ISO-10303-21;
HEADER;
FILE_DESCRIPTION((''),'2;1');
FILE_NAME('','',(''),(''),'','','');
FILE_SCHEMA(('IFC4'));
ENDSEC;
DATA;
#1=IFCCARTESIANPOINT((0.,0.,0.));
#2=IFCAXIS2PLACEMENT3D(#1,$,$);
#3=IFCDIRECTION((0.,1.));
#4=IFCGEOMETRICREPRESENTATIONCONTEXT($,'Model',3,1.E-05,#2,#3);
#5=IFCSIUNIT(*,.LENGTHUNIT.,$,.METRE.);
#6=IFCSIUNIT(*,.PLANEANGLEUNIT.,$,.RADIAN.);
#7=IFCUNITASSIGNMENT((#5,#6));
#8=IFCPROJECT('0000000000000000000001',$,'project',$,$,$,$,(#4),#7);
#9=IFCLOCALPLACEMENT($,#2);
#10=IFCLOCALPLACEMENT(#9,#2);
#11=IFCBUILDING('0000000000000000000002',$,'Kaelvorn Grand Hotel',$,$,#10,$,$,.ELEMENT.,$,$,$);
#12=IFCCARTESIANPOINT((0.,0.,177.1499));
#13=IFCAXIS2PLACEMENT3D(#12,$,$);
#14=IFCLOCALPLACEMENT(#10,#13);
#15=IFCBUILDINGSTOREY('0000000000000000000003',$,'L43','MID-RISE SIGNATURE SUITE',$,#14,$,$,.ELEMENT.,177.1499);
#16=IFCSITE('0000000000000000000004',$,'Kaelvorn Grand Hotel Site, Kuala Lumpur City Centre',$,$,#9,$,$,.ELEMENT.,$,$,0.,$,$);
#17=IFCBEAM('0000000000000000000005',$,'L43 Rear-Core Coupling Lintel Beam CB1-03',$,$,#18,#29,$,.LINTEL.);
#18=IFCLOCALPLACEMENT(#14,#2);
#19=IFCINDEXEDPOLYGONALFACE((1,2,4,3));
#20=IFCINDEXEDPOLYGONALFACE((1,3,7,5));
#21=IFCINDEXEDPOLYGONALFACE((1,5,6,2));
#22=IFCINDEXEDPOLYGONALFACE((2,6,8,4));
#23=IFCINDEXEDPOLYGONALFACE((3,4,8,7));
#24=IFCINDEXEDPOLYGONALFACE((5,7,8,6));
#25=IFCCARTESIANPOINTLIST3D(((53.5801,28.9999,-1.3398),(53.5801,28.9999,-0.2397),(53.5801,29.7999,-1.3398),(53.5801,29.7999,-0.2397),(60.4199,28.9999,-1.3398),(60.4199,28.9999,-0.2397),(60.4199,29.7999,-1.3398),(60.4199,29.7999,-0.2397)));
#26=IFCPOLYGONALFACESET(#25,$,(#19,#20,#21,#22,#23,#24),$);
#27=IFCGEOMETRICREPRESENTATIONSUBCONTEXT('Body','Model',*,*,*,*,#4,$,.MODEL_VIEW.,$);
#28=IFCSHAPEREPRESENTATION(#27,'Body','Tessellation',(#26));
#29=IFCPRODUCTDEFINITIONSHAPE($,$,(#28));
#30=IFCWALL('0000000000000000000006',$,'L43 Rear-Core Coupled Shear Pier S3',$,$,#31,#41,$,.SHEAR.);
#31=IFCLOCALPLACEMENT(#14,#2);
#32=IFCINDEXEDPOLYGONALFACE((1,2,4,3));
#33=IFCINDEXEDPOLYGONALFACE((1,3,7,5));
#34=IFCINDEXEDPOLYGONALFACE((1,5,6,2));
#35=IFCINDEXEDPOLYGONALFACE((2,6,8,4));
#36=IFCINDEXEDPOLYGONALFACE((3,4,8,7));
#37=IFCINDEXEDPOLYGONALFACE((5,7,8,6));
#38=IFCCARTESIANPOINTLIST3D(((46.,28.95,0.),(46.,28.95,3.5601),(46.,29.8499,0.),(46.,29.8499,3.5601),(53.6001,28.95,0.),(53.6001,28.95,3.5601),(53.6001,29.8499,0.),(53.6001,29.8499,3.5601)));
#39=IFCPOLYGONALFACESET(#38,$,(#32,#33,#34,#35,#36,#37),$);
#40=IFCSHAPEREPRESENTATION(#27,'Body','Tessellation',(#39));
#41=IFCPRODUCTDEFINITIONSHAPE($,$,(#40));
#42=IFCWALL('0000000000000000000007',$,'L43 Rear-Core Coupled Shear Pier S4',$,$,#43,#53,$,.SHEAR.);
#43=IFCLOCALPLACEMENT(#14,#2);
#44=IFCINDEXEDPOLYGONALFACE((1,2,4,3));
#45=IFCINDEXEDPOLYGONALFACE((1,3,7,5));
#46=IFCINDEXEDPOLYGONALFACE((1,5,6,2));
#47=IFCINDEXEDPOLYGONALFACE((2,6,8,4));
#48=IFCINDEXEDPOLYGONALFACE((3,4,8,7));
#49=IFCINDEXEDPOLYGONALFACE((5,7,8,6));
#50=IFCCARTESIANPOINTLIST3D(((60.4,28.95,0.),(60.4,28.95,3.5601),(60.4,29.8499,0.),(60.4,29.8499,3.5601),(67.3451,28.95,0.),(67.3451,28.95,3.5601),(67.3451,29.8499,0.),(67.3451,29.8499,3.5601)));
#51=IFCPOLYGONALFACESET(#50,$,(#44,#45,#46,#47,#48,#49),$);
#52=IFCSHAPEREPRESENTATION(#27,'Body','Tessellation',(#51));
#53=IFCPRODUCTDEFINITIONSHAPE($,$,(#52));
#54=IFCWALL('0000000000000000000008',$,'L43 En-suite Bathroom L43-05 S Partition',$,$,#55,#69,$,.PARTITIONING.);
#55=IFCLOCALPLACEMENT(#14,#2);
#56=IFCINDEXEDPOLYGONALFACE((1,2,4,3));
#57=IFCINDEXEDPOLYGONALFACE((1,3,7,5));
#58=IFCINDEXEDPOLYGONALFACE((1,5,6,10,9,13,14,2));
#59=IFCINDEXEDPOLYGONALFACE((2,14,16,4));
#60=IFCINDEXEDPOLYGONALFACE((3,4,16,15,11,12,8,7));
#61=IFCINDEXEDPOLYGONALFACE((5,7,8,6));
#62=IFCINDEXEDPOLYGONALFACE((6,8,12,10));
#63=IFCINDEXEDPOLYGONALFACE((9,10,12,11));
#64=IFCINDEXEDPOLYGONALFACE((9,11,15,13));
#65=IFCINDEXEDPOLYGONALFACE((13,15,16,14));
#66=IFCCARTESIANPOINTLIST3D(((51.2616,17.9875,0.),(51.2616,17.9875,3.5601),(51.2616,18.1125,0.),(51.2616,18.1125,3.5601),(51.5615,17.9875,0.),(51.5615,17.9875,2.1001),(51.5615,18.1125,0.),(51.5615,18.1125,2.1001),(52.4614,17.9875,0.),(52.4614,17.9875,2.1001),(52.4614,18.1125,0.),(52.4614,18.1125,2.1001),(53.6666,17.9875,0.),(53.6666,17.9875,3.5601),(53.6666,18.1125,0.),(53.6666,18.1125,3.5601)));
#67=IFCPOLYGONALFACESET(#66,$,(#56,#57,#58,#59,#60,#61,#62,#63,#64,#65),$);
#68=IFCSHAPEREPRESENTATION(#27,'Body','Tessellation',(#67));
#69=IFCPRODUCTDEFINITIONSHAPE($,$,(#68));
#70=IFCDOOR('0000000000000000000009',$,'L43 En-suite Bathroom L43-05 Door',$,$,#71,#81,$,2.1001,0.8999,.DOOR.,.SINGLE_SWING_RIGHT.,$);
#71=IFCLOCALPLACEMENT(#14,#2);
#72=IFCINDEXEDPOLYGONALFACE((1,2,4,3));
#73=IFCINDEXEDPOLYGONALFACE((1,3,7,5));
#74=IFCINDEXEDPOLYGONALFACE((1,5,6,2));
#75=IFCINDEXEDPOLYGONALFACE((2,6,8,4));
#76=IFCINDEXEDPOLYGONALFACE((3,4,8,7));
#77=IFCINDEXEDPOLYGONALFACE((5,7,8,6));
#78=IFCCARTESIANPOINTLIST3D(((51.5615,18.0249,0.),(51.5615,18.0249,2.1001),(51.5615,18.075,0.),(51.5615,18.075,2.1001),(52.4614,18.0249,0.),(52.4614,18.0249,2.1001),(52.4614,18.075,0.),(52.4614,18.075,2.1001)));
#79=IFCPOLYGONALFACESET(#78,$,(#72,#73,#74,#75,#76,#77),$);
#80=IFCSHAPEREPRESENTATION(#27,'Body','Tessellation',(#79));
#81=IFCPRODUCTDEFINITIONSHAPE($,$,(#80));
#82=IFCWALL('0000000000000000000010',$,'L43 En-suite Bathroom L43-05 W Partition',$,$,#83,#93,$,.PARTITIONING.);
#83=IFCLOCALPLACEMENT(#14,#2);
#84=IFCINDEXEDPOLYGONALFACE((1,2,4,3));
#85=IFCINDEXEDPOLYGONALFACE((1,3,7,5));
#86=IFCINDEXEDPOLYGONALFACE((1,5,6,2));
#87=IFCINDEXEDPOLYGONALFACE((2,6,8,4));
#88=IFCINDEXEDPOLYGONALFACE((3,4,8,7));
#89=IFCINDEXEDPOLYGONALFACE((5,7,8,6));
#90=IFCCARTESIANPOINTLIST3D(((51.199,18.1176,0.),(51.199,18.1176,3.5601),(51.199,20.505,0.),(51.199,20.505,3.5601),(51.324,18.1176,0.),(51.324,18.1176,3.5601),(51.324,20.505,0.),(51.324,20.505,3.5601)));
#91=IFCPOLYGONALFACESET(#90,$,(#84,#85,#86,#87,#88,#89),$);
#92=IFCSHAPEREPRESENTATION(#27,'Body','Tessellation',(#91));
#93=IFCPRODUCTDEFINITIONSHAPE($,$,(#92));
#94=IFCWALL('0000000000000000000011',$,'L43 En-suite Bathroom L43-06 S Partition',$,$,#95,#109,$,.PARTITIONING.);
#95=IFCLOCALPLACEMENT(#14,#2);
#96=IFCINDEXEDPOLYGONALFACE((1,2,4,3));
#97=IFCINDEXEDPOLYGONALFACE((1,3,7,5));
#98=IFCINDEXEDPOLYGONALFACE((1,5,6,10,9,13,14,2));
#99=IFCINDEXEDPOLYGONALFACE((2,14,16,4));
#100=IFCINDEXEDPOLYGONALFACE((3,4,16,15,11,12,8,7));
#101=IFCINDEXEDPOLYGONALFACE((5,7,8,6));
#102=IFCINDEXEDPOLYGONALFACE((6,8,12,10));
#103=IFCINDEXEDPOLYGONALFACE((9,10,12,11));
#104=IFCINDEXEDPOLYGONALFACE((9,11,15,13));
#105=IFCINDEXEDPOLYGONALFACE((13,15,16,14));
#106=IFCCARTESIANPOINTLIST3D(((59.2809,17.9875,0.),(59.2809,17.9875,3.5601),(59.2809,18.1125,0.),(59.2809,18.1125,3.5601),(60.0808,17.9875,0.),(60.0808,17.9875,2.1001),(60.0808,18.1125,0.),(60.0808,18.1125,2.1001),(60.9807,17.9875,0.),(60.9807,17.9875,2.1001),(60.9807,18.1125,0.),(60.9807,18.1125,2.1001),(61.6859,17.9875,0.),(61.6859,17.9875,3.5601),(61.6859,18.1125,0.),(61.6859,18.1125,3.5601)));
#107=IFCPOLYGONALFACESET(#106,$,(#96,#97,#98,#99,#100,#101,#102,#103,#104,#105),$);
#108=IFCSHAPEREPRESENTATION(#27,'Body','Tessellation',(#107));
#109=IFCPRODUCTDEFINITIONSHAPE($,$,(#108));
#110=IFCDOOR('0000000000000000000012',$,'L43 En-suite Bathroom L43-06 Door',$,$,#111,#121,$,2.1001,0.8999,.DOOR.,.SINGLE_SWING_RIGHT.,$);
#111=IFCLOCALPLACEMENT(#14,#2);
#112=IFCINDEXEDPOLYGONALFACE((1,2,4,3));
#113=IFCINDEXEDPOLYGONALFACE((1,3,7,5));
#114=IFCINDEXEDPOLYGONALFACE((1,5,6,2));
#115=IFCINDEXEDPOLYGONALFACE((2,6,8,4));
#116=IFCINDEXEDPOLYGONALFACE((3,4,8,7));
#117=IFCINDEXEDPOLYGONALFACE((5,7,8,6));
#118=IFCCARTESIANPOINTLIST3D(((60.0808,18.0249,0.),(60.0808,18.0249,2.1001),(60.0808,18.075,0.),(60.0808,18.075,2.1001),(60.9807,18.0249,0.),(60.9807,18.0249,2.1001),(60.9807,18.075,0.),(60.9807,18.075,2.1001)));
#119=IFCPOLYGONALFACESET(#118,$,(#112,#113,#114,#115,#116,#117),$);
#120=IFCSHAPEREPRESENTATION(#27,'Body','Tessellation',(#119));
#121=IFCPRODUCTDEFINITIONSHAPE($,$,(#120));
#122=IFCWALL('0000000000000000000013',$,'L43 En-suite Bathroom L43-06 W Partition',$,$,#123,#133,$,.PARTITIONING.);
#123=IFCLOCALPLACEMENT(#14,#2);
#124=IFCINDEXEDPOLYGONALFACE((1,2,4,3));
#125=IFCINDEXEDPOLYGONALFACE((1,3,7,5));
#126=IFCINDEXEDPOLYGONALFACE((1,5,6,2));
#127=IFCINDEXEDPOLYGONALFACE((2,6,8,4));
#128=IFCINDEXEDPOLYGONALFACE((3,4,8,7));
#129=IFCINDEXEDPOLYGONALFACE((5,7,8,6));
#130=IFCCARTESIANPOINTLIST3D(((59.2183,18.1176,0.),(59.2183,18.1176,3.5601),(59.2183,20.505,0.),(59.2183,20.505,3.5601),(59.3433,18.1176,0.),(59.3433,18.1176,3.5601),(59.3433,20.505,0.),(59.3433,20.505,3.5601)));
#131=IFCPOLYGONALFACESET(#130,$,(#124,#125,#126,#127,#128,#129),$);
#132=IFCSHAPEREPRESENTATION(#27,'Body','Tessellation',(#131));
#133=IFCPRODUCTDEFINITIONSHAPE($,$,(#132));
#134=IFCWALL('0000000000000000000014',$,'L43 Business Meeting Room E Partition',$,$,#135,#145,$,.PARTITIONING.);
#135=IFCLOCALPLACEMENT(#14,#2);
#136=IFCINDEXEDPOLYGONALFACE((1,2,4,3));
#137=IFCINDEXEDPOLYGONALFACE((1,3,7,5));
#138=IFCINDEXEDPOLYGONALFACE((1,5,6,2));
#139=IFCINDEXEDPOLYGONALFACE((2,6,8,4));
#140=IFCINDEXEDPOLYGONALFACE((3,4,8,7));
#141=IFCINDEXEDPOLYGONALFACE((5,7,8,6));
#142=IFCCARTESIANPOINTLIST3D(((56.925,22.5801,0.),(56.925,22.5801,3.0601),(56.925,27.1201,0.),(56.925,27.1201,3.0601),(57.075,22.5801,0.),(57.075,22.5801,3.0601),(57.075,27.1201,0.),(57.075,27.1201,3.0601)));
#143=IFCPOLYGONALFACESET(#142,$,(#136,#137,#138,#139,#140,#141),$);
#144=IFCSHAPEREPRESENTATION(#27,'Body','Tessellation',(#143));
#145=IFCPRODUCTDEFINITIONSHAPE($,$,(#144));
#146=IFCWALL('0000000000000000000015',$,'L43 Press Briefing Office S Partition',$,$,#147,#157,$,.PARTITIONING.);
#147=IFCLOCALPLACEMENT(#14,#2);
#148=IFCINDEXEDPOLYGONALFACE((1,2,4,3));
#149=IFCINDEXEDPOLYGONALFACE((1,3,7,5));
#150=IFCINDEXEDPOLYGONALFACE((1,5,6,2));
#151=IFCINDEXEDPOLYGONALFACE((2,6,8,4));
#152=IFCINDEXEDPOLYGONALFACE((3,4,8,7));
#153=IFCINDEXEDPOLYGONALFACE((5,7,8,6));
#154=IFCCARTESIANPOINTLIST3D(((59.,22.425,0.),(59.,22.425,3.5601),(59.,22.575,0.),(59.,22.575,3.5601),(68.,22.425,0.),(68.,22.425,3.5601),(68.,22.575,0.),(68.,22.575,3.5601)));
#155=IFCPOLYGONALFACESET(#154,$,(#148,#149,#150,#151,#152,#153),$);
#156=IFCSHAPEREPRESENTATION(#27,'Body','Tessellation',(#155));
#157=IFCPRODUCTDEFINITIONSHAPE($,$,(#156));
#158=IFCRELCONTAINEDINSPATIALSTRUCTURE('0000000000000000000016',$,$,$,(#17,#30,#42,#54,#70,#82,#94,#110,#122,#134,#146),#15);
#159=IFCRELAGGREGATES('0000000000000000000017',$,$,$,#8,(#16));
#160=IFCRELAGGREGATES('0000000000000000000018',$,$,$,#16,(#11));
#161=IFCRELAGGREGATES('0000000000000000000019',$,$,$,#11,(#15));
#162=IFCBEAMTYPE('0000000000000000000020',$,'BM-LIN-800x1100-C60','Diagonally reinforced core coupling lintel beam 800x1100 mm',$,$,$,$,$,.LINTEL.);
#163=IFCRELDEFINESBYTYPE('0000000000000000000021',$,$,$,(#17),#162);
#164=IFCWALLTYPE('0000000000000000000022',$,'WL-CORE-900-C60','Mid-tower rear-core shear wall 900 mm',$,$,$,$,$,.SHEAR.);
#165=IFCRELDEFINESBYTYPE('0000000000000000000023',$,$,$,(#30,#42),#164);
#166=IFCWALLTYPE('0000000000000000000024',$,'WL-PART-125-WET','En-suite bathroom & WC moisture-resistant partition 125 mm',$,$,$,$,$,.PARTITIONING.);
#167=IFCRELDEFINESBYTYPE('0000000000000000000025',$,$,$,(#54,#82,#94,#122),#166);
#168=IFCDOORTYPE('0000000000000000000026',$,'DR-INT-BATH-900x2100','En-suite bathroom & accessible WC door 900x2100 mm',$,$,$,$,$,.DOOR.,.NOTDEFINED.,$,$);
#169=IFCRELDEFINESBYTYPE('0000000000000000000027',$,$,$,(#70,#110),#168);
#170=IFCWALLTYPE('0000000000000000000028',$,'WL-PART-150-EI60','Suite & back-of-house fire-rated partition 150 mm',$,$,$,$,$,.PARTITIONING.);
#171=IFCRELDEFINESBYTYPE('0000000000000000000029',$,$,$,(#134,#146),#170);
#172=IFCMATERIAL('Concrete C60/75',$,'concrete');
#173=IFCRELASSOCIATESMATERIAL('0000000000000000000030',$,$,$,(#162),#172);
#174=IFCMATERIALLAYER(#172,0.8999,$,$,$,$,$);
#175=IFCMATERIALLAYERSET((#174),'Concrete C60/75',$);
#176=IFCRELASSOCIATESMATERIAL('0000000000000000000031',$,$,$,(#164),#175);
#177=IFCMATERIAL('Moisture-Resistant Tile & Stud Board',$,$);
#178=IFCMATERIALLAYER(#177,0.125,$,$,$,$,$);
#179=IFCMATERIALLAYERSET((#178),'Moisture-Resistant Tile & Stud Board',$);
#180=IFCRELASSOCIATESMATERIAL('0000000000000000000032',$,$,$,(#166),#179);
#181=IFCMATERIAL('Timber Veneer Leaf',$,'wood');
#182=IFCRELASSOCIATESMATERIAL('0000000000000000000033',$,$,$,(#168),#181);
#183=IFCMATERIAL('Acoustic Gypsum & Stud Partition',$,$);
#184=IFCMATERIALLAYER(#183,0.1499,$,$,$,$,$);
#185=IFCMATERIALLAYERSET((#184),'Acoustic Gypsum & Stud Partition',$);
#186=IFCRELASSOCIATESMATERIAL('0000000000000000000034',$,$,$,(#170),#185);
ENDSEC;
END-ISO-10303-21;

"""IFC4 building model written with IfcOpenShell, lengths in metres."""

from ifc_helpers import new_model, si_unit, direction, frame, frame_2d, origin, origin_2d, place, context, subcontext, project, spatial, rectangle, extrude, material, layer, layer_set, material_profile, profile_set, type_object, element, fill, save


model = new_model("IFC4")

# Units and contexts
model_context = context("Model", 3, precision=1e-05, world=origin(), true_north=direction((0.0, 1.0)))
body_context = subcontext(model_context, "Body", "Model", "MODEL_VIEW")
ifc_project = project(units=[si_unit("LENGTHUNIT", "METRE"), si_unit("PLANEANGLEUNIT", "RADIAN")], contexts=[model_context])

# Site, building, storey
site_placement = place(None, origin())
site = spatial("IfcSite", under=ifc_project, at=site_placement, Name="Kaelvorn Grand Hotel Site, Kuala Lumpur City Centre", CompositionType="ELEMENT", RefElevation=0.0)
building_placement = place(site_placement, origin())
building = spatial("IfcBuilding", under=site, at=building_placement, Name="Kaelvorn Grand Hotel", CompositionType="ELEMENT")
storey_placement = place(building_placement, frame((0.0, 0.0, 177.1499)))
storey = spatial("IfcBuildingStorey", under=building, at=storey_placement, Name="L43", Description="MID-RISE SIGNATURE SUITE", CompositionType="ELEMENT", Elevation=177.1499)

# Shared definitions
ifc_material_1 = material(Name="Concrete C60/75", Category="concrete")

# Beam
ifc_material_profile_1 = material_profile(ifc_material_1, rectangle(XDim=0.8, YDim=1.1001, at=origin_2d()), Name="RC LINTEL 800x1100")
ifc_profile_set_1 = profile_set([ifc_material_profile_1], Name="Concrete C60/75")
beam_type_1 = type_object("IfcBeamType", Name="BM-LIN-800x1100-C60", Description="Diagonally reinforced core coupling lintel beam 800x1100 mm", PredefinedType="LINTEL", material=ifc_profile_set_1)
beam_1_placement = place(storey_placement, frame((53.5801, 29.3999, -0.7898), z_axis=(1.0, 0.0, 0.0), x_axis=(0.0, 1.0, 0.0)))
element("IfcBeam", 1, at=beam_1_placement, inside=storey, type_object=beam_type_1, Name="L43 Rear-Core Coupling Lintel Beam CB1-03", PredefinedType="LINTEL", context=body_context, shape_type="SweptSolid", body=[
    extrude(rectangle(XDim=0.8, YDim=1.1001, at=origin_2d()), origin(), (0.0, 0.0, 1.0), 6.8398),
])

# Walls
ifc_layer_1 = layer(ifc_material_1, 0.8999)
ifc_layer_set_1 = layer_set([ifc_layer_1], Name="Concrete C60/75")
wall_type_1 = type_object("IfcWallType", Name="WL-CORE-900-C60", Description="Mid-tower rear-core shear wall 900 mm", PredefinedType="SHEAR", material=ifc_layer_set_1)
wall_1_placement = place(storey_placement, frame((46.0, 29.3999, 0.0), z_axis=(0.0, 0.0, 1.0), x_axis=(1.0, 0.0, 0.0)))
element("IfcWall", 2, at=wall_1_placement, inside=storey, type_object=wall_type_1, Name="L43 Rear-Core Coupled Shear Pier S3", PredefinedType="SHEAR", context=body_context, shape_type="SweptSolid", body=[
    extrude(rectangle(XDim=7.6001, YDim=0.8999, at=frame_2d((3.8, 0.0))), origin(), (0.0, 0.0, 1.0), 3.5601),
])
wall_2_placement = place(storey_placement, frame((60.3999, 29.3999, 0.0), z_axis=(0.0, 0.0, 1.0), x_axis=(1.0, 0.0, 0.0)))
element("IfcWall", 3, at=wall_2_placement, inside=storey, type_object=wall_type_1, Name="L43 Rear-Core Coupled Shear Pier S4", PredefinedType="SHEAR", context=body_context, shape_type="SweptSolid", body=[
    extrude(rectangle(XDim=6.9451, YDim=0.8999, at=frame_2d((3.4727, 0.0))), origin(), (0.0, 0.0, 1.0), 3.5601),
])

# Wall, opening, door
ifc_material_2 = material(Name="Moisture-Resistant Tile & Stud Board")
ifc_layer_2 = layer(ifc_material_2, 0.125)
ifc_layer_set_2 = layer_set([ifc_layer_2], Name="Moisture-Resistant Tile & Stud Board")
wall_type_2 = type_object("IfcWallType", Name="WL-PART-125-WET", Description="En-suite bathroom & WC moisture-resistant partition 125 mm", PredefinedType="PARTITIONING", material=ifc_layer_set_2)
wall_3_placement = place(storey_placement, frame((51.2615, 18.05, 0.0), z_axis=(0.0, 0.0, 1.0), x_axis=(1.0, 0.0, 0.0)))
wall_3 = element("IfcWall", 4, at=wall_3_placement, inside=storey, type_object=wall_type_2, Name="L43 En-suite Bathroom L43-05 S Partition", PredefinedType="PARTITIONING", context=body_context, shape_type="SweptSolid", body=[
    extrude(rectangle(XDim=2.405, YDim=0.125, at=frame_2d((1.2026, 0.0))), origin(), (0.0, 0.0, 1.0), 3.5601),
])
opening_1_placement = place(wall_3_placement, frame((0.3, 0.0, 0.0)))
opening_1 = element("IfcOpeningElement", 5, at=opening_1_placement, cuts=wall_3, PredefinedType="OPENING", context=body_context, shape_type="SweptSolid", body=[
    extrude(rectangle(XDim=0.8999, YDim=2.1001, at=frame_2d((0.45, 1.05))), frame((0.0, 0.0725, 0.0), z_axis=(0.0, -1.0, 0.0), x_axis=(1.0, 0.0, 0.0)), (0.0, 0.0, 1.0), 0.145),
])
ifc_material_3 = material(Name="Timber Veneer Leaf", Category="wood")
door_type_1 = type_object("IfcDoorType", Name="DR-INT-BATH-900x2100", Description="En-suite bathroom & accessible WC door 900x2100 mm", OperationType="NOTDEFINED", PredefinedType="DOOR", material=ifc_material_3)
door_1_placement = place(opening_1_placement, origin())
door_1 = element("IfcDoor", 6, at=door_1_placement, inside=storey, type_object=door_type_1, Name="L43 En-suite Bathroom L43-05 Door", OperationType="SINGLE_SWING_RIGHT", OverallHeight=2.1001, OverallWidth=0.8999, PredefinedType="DOOR", context=body_context, shape_type="SweptSolid", body=[
    extrude(rectangle(XDim=0.8999, YDim=2.1001, at=frame_2d((0.45, 1.05))), frame((0.0, 0.0249, 0.0), z_axis=(0.0, -1.0, 0.0), x_axis=(1.0, 0.0, 0.0)), (0.0, 0.0, 1.0), 0.05),
])
fill(opening_1, door_1)

# Wall
wall_4_placement = place(storey_placement, frame((51.2615, 18.1174, 0.0), z_axis=(0.0, 0.0, 1.0), x_axis=(0.0, 1.0, 0.0)))
element("IfcWall", 7, at=wall_4_placement, inside=storey, type_object=wall_type_2, Name="L43 En-suite Bathroom L43-05 W Partition", PredefinedType="PARTITIONING", context=body_context, shape_type="SweptSolid", body=[
    extrude(rectangle(XDim=2.3875, YDim=0.125, at=frame_2d((1.1938, 0.0))), origin(), (0.0, 0.0, 1.0), 3.5601),
])

# Wall, opening, door
wall_5_placement = place(storey_placement, frame((59.2808, 18.05, 0.0), z_axis=(0.0, 0.0, 1.0), x_axis=(1.0, 0.0, 0.0)))
wall_5 = element("IfcWall", 8, at=wall_5_placement, inside=storey, type_object=wall_type_2, Name="L43 En-suite Bathroom L43-06 S Partition", PredefinedType="PARTITIONING", context=body_context, shape_type="SweptSolid", body=[
    extrude(rectangle(XDim=2.405, YDim=0.125, at=frame_2d((1.2026, 0.0))), origin(), (0.0, 0.0, 1.0), 3.5601),
])
opening_2_placement = place(wall_5_placement, frame((0.8, 0.0, 0.0)))
opening_2 = element("IfcOpeningElement", 9, at=opening_2_placement, cuts=wall_5, PredefinedType="OPENING", context=body_context, shape_type="SweptSolid", body=[
    extrude(rectangle(XDim=0.8999, YDim=2.1001, at=frame_2d((0.45, 1.05))), frame((0.0, 0.0725, 0.0), z_axis=(0.0, -1.0, 0.0), x_axis=(1.0, 0.0, 0.0)), (0.0, 0.0, 1.0), 0.145),
])
door_2_placement = place(opening_2_placement, origin())
door_2 = element("IfcDoor", 10, at=door_2_placement, inside=storey, type_object=door_type_1, Name="L43 En-suite Bathroom L43-06 Door", OperationType="SINGLE_SWING_RIGHT", OverallHeight=2.1001, OverallWidth=0.8999, PredefinedType="DOOR", context=body_context, shape_type="SweptSolid", body=[
    extrude(rectangle(XDim=0.8999, YDim=2.1001, at=frame_2d((0.45, 1.05))), frame((0.0, 0.0249, 0.0), z_axis=(0.0, -1.0, 0.0), x_axis=(1.0, 0.0, 0.0)), (0.0, 0.0, 1.0), 0.05),
])
fill(opening_2, door_2)

# Walls
wall_6_placement = place(storey_placement, frame((59.2808, 18.1174, 0.0), z_axis=(0.0, 0.0, 1.0), x_axis=(0.0, 1.0, 0.0)))
element("IfcWall", 11, at=wall_6_placement, inside=storey, type_object=wall_type_2, Name="L43 En-suite Bathroom L43-06 W Partition", PredefinedType="PARTITIONING", context=body_context, shape_type="SweptSolid", body=[
    extrude(rectangle(XDim=2.3875, YDim=0.125, at=frame_2d((1.1938, 0.0))), origin(), (0.0, 0.0, 1.0), 3.5601),
])
ifc_material_4 = material(Name="Acoustic Gypsum & Stud Partition")
ifc_layer_3 = layer(ifc_material_4, 0.1499)
ifc_layer_set_3 = layer_set([ifc_layer_3], Name="Acoustic Gypsum & Stud Partition")
wall_type_3 = type_object("IfcWallType", Name="WL-PART-150-EI60", Description="Suite & back-of-house fire-rated partition 150 mm", PredefinedType="PARTITIONING", material=ifc_layer_set_3)
wall_7_placement = place(storey_placement, frame((57.0, 22.5801, 0.0), z_axis=(0.0, 0.0, 1.0), x_axis=(0.0, 1.0, 0.0)))
element("IfcWall", 12, at=wall_7_placement, inside=storey, type_object=wall_type_3, Name="L43 Business Meeting Room E Partition", PredefinedType="PARTITIONING", context=body_context, shape_type="SweptSolid", body=[
    extrude(rectangle(XDim=4.54, YDim=0.1499, at=frame_2d((2.27, 0.0))), origin(), (0.0, 0.0, 1.0), 3.0601),
])
wall_8_placement = place(storey_placement, frame((59.0, 22.5, 0.0), z_axis=(0.0, 0.0, 1.0), x_axis=(1.0, 0.0, 0.0)))
element("IfcWall", 13, at=wall_8_placement, inside=storey, type_object=wall_type_3, Name="L43 Press Briefing Office S Partition", PredefinedType="PARTITIONING", context=body_context, shape_type="SweptSolid", body=[
    extrude(rectangle(XDim=9.0, YDim=0.1499, at=frame_2d((4.5, 0.0))), origin(), (0.0, 0.0, 1.0), 3.5601),
])

save(model, "model.ifc")
